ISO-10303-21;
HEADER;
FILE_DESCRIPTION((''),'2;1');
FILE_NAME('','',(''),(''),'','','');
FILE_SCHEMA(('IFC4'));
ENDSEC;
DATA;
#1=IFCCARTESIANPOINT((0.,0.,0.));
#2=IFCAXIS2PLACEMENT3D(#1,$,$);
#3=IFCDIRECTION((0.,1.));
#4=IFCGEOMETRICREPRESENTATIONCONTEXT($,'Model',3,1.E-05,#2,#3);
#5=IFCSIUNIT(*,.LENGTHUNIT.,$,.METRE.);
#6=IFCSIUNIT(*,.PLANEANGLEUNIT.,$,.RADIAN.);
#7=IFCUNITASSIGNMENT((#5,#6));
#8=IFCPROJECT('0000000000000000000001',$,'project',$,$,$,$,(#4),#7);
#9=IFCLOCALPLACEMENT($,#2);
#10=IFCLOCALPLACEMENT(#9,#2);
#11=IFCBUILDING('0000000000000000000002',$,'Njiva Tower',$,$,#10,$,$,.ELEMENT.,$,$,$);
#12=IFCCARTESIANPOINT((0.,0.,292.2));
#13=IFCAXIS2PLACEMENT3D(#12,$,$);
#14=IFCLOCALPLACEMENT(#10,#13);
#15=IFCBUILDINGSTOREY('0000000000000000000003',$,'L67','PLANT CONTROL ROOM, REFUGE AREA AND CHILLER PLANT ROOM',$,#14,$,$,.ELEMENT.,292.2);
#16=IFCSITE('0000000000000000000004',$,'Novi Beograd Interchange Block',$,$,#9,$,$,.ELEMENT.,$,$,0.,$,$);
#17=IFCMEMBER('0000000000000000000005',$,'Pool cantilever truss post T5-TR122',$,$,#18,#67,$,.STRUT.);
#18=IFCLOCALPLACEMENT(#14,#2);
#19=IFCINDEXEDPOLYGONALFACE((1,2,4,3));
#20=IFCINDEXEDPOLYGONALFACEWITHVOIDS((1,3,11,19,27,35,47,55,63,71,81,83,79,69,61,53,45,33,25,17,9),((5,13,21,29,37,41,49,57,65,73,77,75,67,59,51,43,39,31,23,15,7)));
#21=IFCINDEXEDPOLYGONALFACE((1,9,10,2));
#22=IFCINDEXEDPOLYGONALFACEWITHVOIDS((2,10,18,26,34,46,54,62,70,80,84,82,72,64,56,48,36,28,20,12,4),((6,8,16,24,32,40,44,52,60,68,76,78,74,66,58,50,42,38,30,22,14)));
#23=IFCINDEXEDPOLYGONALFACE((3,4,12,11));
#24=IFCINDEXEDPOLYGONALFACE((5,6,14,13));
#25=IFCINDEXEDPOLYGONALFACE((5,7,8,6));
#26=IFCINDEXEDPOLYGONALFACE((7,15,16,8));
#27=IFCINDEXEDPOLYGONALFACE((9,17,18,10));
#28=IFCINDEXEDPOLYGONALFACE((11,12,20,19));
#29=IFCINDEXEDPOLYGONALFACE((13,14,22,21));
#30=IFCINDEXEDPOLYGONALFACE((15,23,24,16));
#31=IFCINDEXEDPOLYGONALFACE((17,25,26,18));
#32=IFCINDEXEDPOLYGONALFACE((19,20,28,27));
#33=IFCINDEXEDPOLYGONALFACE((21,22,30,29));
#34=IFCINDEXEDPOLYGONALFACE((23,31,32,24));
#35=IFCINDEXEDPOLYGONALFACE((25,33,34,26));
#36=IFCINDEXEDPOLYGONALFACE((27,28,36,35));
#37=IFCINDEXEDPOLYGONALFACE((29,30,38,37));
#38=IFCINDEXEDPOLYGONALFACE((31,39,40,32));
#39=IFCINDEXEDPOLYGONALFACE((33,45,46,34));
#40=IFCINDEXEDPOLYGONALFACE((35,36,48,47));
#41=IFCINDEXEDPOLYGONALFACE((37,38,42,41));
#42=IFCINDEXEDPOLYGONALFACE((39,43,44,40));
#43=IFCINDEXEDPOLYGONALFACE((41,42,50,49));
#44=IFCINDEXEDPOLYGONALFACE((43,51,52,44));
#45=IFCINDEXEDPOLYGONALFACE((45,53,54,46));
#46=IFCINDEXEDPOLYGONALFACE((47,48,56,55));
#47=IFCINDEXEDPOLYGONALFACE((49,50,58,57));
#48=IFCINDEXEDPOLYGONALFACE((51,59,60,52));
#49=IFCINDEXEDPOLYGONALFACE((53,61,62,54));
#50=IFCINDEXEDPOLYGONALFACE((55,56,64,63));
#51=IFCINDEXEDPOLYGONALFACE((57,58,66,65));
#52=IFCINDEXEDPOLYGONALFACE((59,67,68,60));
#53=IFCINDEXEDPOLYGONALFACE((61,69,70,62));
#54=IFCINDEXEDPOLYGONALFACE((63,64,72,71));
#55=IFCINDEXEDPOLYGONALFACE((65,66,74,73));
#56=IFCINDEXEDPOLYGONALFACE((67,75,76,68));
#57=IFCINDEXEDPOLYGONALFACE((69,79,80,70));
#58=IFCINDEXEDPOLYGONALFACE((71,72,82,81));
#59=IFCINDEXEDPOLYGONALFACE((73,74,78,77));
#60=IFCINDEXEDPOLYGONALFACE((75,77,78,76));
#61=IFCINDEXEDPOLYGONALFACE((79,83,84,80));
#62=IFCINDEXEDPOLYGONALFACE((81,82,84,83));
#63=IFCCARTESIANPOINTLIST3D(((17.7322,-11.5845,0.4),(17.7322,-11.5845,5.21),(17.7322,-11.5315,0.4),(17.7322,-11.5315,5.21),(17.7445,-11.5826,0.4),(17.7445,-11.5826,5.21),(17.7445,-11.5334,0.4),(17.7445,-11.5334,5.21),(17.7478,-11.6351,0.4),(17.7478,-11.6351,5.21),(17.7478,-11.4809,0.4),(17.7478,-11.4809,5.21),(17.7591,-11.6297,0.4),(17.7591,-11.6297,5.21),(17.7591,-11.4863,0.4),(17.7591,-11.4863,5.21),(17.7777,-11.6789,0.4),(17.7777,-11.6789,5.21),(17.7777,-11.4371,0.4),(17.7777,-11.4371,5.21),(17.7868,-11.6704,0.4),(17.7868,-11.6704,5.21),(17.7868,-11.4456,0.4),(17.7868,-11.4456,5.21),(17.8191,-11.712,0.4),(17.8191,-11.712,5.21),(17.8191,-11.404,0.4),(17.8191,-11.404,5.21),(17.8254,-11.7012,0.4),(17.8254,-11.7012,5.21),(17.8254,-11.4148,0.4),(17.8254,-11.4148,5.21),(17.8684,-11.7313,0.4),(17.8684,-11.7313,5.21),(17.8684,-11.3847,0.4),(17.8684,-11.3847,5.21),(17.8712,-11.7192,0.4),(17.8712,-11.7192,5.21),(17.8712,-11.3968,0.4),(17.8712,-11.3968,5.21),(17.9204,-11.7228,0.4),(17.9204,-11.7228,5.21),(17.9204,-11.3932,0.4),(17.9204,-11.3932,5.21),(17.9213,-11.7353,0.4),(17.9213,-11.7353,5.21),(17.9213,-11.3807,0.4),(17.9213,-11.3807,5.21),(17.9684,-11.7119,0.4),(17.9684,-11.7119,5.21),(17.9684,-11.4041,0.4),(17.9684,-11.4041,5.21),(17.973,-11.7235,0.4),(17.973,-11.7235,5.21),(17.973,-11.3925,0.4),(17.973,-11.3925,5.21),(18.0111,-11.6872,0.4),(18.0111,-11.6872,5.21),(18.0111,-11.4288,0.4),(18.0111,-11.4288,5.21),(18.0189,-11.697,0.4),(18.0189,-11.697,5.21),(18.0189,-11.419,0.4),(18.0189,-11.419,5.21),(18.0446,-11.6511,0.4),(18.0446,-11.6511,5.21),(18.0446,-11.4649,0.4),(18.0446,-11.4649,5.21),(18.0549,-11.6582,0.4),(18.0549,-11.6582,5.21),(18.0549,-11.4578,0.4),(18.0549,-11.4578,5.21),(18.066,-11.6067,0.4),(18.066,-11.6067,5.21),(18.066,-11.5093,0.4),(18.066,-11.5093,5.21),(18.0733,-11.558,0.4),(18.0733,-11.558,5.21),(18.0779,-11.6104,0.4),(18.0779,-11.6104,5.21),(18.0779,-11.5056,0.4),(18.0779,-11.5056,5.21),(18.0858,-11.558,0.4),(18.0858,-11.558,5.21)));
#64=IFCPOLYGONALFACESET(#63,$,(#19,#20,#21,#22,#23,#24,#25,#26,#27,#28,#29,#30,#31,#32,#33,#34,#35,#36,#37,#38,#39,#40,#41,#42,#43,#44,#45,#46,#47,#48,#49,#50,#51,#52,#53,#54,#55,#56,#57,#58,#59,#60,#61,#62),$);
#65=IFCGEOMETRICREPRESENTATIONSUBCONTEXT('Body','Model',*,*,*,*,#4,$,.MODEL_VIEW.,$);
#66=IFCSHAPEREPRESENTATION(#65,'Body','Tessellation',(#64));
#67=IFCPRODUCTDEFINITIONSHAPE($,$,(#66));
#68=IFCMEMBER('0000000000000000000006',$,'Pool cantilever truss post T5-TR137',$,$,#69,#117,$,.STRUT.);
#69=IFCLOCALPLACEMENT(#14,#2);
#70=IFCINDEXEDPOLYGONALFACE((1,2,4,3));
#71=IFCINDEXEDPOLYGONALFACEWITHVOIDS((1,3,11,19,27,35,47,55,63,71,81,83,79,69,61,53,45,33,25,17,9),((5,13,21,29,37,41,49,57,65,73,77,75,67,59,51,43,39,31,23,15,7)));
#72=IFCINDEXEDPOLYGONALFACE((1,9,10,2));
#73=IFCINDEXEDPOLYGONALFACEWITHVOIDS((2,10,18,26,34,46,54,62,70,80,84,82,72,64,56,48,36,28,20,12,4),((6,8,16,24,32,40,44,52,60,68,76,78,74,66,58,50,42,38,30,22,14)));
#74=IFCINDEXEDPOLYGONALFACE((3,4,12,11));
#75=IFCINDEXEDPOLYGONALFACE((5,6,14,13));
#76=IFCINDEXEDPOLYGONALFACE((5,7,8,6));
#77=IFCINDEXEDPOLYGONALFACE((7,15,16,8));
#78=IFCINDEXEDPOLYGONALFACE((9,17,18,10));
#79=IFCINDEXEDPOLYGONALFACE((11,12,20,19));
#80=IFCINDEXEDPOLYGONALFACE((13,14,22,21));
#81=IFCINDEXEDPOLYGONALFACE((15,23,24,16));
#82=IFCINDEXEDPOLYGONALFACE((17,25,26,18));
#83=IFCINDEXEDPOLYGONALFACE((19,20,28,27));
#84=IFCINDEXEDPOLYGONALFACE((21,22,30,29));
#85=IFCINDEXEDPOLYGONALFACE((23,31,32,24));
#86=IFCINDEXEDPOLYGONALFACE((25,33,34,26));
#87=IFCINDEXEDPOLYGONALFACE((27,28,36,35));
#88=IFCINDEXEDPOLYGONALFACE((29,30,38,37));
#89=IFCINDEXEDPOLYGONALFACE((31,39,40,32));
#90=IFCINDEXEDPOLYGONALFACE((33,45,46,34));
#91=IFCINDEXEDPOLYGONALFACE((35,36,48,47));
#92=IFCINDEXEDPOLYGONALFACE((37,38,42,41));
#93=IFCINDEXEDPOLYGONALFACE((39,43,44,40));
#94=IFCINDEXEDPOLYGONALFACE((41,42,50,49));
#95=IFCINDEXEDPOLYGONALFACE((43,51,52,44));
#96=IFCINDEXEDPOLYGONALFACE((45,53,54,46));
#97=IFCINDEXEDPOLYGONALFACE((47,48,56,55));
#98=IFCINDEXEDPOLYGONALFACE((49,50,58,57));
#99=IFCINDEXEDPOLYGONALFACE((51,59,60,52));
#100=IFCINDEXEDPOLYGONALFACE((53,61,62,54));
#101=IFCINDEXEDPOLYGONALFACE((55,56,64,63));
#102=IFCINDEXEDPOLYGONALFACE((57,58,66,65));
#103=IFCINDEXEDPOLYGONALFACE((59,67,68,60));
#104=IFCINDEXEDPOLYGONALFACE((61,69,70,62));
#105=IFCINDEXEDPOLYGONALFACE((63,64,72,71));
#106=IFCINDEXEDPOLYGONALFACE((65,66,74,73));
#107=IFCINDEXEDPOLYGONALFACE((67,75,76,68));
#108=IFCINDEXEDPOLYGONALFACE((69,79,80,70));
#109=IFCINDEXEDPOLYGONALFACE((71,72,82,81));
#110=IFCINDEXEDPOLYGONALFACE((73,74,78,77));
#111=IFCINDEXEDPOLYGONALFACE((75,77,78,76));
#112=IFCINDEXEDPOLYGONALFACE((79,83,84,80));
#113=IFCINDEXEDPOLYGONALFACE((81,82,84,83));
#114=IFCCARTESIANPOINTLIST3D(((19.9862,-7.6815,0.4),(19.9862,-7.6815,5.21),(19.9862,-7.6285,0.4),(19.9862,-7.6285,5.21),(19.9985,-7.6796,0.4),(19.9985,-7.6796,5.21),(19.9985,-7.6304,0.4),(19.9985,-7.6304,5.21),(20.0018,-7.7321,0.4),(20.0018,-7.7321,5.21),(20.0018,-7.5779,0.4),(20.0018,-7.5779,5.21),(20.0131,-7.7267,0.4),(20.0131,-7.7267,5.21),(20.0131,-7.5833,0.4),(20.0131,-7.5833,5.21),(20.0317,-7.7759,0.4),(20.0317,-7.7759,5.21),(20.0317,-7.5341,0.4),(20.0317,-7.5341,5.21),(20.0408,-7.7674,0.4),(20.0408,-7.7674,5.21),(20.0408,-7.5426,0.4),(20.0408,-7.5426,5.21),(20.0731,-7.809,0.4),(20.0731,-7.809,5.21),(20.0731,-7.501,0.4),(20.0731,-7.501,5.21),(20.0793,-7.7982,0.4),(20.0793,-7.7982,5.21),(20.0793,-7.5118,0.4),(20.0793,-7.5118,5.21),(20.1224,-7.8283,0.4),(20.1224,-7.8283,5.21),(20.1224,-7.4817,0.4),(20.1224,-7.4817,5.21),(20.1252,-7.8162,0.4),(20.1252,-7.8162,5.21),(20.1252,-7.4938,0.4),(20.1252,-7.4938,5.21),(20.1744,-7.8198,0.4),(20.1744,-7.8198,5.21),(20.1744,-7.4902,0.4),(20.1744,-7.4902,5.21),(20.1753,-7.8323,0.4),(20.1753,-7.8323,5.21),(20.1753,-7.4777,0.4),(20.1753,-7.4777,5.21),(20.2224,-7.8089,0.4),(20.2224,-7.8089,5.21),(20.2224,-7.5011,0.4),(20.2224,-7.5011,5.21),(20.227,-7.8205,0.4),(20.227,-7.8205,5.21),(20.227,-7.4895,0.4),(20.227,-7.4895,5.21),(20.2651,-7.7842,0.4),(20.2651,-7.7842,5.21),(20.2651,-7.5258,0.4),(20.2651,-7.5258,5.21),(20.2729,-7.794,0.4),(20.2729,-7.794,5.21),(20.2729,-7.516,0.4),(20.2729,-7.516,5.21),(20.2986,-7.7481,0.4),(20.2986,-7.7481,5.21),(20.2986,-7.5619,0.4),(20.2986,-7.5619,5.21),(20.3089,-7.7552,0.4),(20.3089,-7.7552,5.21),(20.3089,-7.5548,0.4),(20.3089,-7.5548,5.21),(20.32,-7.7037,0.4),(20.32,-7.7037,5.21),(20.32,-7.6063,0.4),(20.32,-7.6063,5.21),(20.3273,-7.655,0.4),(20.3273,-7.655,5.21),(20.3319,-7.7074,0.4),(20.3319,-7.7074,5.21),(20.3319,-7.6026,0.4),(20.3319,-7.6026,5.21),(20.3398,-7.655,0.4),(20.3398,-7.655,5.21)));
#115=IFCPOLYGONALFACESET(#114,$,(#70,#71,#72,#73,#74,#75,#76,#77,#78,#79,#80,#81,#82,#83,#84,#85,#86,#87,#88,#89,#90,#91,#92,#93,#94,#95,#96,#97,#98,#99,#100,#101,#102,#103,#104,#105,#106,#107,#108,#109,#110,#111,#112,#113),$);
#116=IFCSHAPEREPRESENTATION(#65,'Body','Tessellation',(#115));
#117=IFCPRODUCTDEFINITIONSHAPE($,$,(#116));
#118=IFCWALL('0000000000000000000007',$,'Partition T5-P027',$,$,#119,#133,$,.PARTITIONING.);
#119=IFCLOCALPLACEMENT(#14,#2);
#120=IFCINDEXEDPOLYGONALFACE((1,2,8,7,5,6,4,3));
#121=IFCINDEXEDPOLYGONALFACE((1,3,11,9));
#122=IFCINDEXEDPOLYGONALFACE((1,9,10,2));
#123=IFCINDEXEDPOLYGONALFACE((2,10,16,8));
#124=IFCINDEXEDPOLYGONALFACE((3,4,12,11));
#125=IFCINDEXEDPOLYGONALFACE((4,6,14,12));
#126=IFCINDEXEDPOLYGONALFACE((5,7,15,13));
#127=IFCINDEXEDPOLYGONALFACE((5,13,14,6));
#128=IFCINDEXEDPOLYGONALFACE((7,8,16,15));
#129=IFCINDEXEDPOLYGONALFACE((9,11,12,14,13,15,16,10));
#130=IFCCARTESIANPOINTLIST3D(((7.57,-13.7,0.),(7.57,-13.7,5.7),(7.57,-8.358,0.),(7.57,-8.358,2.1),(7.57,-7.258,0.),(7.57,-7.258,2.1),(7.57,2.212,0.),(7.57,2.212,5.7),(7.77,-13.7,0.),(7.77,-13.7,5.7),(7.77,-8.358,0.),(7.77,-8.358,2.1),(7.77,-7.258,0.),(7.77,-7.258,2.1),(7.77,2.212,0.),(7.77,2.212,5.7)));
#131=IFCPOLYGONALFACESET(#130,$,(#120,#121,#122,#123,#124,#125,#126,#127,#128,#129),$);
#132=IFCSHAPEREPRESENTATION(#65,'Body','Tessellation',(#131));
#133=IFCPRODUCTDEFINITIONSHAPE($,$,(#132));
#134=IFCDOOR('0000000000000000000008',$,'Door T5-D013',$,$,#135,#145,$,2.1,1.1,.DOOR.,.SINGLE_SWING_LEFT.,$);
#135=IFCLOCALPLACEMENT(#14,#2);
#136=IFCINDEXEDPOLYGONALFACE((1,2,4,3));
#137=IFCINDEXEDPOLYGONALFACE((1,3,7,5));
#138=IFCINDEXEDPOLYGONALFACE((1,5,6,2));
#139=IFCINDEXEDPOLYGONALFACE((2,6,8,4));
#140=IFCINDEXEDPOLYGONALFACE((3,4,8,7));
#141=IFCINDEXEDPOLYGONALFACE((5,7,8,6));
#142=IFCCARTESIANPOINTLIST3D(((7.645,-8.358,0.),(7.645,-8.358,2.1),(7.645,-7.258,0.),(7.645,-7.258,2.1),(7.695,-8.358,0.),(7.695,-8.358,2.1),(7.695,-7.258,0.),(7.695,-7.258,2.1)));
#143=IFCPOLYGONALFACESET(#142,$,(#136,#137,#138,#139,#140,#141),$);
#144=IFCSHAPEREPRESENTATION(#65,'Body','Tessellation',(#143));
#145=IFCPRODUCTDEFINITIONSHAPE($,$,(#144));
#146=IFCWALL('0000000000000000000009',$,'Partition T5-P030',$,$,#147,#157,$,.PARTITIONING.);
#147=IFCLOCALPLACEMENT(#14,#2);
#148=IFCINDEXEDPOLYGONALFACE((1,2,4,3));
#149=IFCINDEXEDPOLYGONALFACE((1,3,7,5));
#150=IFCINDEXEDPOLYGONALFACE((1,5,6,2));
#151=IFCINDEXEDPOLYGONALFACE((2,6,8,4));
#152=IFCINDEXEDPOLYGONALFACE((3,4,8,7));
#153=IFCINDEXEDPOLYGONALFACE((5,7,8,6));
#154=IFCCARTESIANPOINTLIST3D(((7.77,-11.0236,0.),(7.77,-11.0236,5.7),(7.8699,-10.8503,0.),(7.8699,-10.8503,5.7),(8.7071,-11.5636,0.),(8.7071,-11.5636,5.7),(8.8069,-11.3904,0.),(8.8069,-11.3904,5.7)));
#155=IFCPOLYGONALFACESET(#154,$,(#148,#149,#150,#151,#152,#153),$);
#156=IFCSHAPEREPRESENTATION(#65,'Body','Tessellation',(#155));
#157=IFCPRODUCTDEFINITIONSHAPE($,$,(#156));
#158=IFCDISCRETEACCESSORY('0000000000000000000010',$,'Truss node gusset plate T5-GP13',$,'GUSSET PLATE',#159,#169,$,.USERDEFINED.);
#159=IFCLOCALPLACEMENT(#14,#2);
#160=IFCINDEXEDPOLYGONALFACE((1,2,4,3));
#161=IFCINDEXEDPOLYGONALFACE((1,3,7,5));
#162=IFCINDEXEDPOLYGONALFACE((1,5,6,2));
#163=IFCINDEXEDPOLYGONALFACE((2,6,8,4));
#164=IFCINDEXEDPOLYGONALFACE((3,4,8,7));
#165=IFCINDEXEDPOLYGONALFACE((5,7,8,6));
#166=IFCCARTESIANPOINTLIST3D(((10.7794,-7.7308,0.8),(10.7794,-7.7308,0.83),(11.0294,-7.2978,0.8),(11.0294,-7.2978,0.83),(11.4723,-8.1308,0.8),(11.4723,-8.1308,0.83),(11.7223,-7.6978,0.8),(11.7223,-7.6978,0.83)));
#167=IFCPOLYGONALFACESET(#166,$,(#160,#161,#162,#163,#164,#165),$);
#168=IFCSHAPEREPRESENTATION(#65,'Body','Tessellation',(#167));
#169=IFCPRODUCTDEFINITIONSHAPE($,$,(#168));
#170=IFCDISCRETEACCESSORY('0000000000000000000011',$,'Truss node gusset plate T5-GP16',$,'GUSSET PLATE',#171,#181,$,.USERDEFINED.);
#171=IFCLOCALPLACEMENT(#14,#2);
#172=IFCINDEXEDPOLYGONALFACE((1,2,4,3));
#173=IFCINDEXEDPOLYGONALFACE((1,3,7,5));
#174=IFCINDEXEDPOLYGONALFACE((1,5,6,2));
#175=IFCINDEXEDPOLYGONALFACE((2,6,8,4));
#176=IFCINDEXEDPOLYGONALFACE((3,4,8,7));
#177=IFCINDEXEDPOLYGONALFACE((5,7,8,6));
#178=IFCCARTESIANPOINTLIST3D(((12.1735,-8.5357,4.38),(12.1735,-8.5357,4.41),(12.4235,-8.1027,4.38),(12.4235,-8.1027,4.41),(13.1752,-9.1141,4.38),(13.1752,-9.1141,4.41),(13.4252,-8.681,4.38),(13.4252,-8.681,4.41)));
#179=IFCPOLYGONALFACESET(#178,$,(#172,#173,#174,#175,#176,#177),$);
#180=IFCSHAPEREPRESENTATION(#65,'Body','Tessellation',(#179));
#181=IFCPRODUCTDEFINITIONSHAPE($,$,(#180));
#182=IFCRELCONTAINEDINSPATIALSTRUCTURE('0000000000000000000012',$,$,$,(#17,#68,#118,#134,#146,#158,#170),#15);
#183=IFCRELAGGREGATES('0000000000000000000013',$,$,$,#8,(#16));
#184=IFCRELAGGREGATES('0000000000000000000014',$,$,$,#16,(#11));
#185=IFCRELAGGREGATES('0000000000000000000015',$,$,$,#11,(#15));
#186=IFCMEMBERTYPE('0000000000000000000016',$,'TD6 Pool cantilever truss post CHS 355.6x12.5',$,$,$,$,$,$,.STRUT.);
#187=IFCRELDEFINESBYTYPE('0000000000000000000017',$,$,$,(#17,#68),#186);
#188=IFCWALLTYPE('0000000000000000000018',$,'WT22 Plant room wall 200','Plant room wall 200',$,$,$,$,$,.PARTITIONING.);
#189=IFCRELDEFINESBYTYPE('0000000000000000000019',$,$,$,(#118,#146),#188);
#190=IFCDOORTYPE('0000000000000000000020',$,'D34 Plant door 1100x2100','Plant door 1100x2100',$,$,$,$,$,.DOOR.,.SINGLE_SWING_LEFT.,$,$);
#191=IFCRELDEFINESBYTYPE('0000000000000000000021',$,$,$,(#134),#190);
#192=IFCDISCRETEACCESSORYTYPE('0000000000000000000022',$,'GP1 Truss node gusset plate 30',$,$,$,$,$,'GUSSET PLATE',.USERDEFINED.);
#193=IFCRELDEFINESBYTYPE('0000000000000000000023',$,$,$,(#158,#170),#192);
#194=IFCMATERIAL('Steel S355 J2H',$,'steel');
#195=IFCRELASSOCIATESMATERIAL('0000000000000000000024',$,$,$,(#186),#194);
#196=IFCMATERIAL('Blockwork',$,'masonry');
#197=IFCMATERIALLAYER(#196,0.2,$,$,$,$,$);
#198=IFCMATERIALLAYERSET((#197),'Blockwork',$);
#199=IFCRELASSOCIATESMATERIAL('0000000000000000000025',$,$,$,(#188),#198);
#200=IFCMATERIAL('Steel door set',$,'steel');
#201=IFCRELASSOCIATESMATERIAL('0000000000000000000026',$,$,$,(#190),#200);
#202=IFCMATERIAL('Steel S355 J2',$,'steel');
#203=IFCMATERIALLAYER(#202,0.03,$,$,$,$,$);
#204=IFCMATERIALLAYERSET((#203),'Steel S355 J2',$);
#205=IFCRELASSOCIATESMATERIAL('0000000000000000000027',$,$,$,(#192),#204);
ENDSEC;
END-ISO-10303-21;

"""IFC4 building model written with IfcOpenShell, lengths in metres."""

from ifc_helpers import new_model, si_unit, direction, frame, frame_2d, origin, origin_2d, place, context, subcontext, project, spatial, polyline, rectangle, hollow_circle, outline, extrude, material, layer, layer_set, material_profile, profile_set, type_object, element, fill, save


model = new_model("IFC4")

# Units and contexts
model_context = context("Model", 3, precision=1e-05, world=origin(), true_north=direction((0.0, 1.0)))
body_context = subcontext(model_context, "Body", "Model", "MODEL_VIEW")
ifc_project = project(units=[si_unit("LENGTHUNIT", "METRE"), si_unit("PLANEANGLEUNIT", "RADIAN")], contexts=[model_context])

# Site, building, storey
site_placement = place(None, origin())
site = spatial("IfcSite", under=ifc_project, at=site_placement, Name="Novi Beograd Interchange Block", CompositionType="ELEMENT", RefElevation=0.0)
building_placement = place(site_placement, origin())
building = spatial("IfcBuilding", under=site, at=building_placement, Name="Njiva Tower", CompositionType="ELEMENT")
storey_placement = place(building_placement, frame((0.0, 0.0, 292.2)))
storey = spatial("IfcBuildingStorey", under=building, at=storey_placement, Name="L67", Description="PLANT CONTROL ROOM, REFUGE AREA AND CHILLER PLANT ROOM", CompositionType="ELEMENT", Elevation=292.2)

# Shared definitions
ifc_material_1 = material(Name="Steel S355 J2", Category="steel")

# Members
ifc_material_2 = material(Name="Steel S355 J2H", Category="steel")
ifc_material_profile_1 = material_profile(ifc_material_2, hollow_circle(Radius=0.1778, WallThickness=0.0125, at=origin_2d()), Name="CHS 355.6x12.5")
ifc_profile_set_1 = profile_set([ifc_material_profile_1], Name="Steel S355 J2H")
member_type_1 = type_object("IfcMemberType", Name="TD6 Pool cantilever truss post CHS 355.6x12.5", PredefinedType="STRUT", material=ifc_profile_set_1)
for number, where, z_axis, x_axis, name in (
    (1, (17.908, -11.558, 0.4), (0.0, 0.0, 1.0), (1.0, 0.0, 0.0), "Pool cantilever truss post T5-TR122"),
    (2, (20.162, -7.655, 0.4), (0.0, 0.0, 1.0), (1.0, 0.0, 0.0), "Pool cantilever truss post T5-TR137"),
):
    element("IfcMember", number, at=place(storey_placement, frame(where, z_axis=z_axis, x_axis=x_axis)), inside=storey, type_object=member_type_1, Name=name, PredefinedType="STRUT", context=body_context, shape_type="SweptSolid", body=[
        extrude(hollow_circle(Radius=0.1778, WallThickness=0.0125, at=origin_2d()), origin(), (0.0, 0.0, 1.0), 4.81),
    ])

# Wall, opening, door
ifc_material_3 = material(Name="Blockwork", Category="masonry")
ifc_layer_1 = layer(ifc_material_3, 0.2)
ifc_layer_set_1 = layer_set([ifc_layer_1], Name="Blockwork")
wall_type = type_object("IfcWallType", Name="WT22 Plant room wall 200", Description="Plant room wall 200", PredefinedType="PARTITIONING", material=ifc_layer_set_1)
wall_1_placement = place(storey_placement, frame((7.67, -13.7, 0.0), z_axis=(0.0, 0.0, 1.0), x_axis=(0.0, 1.0, 0.0)))
wall_1 = element("IfcWall", 3, at=wall_1_placement, inside=storey, type_object=wall_type, Name="Partition T5-P027", PredefinedType="PARTITIONING", context=body_context, shape_type="SweptSolid", body=[
    extrude(rectangle(XDim=15.912, YDim=0.2, at=frame_2d((7.956, 0.0))), origin(), (0.0, 0.0, 1.0), 5.7),
])
opening_placement = place(wall_1_placement, frame((5.342, 0.0, 0.0)))
opening = element("IfcOpeningElement", 4, at=opening_placement, cuts=wall_1, PredefinedType="OPENING", context=body_context, shape_type="SweptSolid", body=[
    extrude(rectangle(XDim=1.1, YDim=2.1, at=frame_2d((0.55, 1.05))), frame((0.0, 0.11, 0.0), z_axis=(0.0, -1.0, 0.0), x_axis=(1.0, 0.0, 0.0)), (0.0, 0.0, 1.0), 0.22),
])
ifc_material_4 = material(Name="Steel door set", Category="steel")
door_type = type_object("IfcDoorType", Name="D34 Plant door 1100x2100", Description="Plant door 1100x2100", OperationType="SINGLE_SWING_LEFT", PredefinedType="DOOR", material=ifc_material_4)
door_placement = place(opening_placement, origin())
door = element("IfcDoor", 5, at=door_placement, inside=storey, type_object=door_type, Name="Door T5-D013", OperationType="SINGLE_SWING_LEFT", OverallHeight=2.1, OverallWidth=1.1, PredefinedType="DOOR", context=body_context, shape_type="SweptSolid", body=[
    extrude(rectangle(XDim=1.1, YDim=2.1, at=frame_2d((0.55, 1.05))), frame((0.0, 0.025, 0.0), z_axis=(0.0, -1.0, 0.0), x_axis=(1.0, 0.0, 0.0)), (0.0, 0.0, 1.0), 0.05),
])
fill(opening, door)

# Wall
wall_2_placement = place(storey_placement, frame((7.82, -10.937, 0.0), z_axis=(0.0, 0.0, 1.0), x_axis=(0.866416, -0.499322, 0.0)))
element("IfcWall", 6, at=wall_2_placement, inside=storey, type_object=wall_type, Name="Partition T5-P030", PredefinedType="PARTITIONING", context=body_context, shape_type="SweptSolid", body=[
    extrude(rectangle(XDim=1.0815, YDim=0.2, at=frame_2d((0.5407, 0.0))), origin(), (0.0, 0.0, 1.0), 5.7),
])

# Discrete accessories
ifc_layer_2 = layer(ifc_material_1, 0.03)
ifc_layer_set_2 = layer_set([ifc_layer_2], Name="Steel S355 J2")
discrete_accessory_type = type_object("IfcDiscreteAccessoryType", Name="GP1 Truss node gusset plate 30", ElementType="GUSSET PLATE", PredefinedType="USERDEFINED", material=ifc_layer_set_2)
discrete_accessory_1_placement = place(storey_placement, frame((11.2508, -7.7143, 0.8)))
element("IfcDiscreteAccessory", 7, at=discrete_accessory_1_placement, inside=storey, type_object=discrete_accessory_type, Name="Truss node gusset plate T5-GP13", ObjectType="GUSSET PLATE", PredefinedType="USERDEFINED", context=body_context, shape_type="SweptSolid", body=[
    extrude(outline(polyline([(-0.4714, -0.0165), (0.2215, -0.4165), (0.4715, 0.0165), (-0.2214, 0.4165), (-0.4714, -0.0165)])), origin(), (0.0, 0.0, 1.0), 0.03),
])
discrete_accessory_2_placement = place(storey_placement, frame((12.7994, -8.6084, 4.38)))
element("IfcDiscreteAccessory", 8, at=discrete_accessory_2_placement, inside=storey, type_object=discrete_accessory_type, Name="Truss node gusset plate T5-GP16", ObjectType="GUSSET PLATE", PredefinedType="USERDEFINED", context=body_context, shape_type="SweptSolid", body=[
    extrude(outline(polyline([(0.6258, -0.0726), (-0.3759, 0.5057), (-0.6259, 0.0727), (0.3758, -0.5057), (0.6258, -0.0726)])), origin(), (0.0, 0.0, 1.0), 0.03),
])

save(model, "model.ifc")
